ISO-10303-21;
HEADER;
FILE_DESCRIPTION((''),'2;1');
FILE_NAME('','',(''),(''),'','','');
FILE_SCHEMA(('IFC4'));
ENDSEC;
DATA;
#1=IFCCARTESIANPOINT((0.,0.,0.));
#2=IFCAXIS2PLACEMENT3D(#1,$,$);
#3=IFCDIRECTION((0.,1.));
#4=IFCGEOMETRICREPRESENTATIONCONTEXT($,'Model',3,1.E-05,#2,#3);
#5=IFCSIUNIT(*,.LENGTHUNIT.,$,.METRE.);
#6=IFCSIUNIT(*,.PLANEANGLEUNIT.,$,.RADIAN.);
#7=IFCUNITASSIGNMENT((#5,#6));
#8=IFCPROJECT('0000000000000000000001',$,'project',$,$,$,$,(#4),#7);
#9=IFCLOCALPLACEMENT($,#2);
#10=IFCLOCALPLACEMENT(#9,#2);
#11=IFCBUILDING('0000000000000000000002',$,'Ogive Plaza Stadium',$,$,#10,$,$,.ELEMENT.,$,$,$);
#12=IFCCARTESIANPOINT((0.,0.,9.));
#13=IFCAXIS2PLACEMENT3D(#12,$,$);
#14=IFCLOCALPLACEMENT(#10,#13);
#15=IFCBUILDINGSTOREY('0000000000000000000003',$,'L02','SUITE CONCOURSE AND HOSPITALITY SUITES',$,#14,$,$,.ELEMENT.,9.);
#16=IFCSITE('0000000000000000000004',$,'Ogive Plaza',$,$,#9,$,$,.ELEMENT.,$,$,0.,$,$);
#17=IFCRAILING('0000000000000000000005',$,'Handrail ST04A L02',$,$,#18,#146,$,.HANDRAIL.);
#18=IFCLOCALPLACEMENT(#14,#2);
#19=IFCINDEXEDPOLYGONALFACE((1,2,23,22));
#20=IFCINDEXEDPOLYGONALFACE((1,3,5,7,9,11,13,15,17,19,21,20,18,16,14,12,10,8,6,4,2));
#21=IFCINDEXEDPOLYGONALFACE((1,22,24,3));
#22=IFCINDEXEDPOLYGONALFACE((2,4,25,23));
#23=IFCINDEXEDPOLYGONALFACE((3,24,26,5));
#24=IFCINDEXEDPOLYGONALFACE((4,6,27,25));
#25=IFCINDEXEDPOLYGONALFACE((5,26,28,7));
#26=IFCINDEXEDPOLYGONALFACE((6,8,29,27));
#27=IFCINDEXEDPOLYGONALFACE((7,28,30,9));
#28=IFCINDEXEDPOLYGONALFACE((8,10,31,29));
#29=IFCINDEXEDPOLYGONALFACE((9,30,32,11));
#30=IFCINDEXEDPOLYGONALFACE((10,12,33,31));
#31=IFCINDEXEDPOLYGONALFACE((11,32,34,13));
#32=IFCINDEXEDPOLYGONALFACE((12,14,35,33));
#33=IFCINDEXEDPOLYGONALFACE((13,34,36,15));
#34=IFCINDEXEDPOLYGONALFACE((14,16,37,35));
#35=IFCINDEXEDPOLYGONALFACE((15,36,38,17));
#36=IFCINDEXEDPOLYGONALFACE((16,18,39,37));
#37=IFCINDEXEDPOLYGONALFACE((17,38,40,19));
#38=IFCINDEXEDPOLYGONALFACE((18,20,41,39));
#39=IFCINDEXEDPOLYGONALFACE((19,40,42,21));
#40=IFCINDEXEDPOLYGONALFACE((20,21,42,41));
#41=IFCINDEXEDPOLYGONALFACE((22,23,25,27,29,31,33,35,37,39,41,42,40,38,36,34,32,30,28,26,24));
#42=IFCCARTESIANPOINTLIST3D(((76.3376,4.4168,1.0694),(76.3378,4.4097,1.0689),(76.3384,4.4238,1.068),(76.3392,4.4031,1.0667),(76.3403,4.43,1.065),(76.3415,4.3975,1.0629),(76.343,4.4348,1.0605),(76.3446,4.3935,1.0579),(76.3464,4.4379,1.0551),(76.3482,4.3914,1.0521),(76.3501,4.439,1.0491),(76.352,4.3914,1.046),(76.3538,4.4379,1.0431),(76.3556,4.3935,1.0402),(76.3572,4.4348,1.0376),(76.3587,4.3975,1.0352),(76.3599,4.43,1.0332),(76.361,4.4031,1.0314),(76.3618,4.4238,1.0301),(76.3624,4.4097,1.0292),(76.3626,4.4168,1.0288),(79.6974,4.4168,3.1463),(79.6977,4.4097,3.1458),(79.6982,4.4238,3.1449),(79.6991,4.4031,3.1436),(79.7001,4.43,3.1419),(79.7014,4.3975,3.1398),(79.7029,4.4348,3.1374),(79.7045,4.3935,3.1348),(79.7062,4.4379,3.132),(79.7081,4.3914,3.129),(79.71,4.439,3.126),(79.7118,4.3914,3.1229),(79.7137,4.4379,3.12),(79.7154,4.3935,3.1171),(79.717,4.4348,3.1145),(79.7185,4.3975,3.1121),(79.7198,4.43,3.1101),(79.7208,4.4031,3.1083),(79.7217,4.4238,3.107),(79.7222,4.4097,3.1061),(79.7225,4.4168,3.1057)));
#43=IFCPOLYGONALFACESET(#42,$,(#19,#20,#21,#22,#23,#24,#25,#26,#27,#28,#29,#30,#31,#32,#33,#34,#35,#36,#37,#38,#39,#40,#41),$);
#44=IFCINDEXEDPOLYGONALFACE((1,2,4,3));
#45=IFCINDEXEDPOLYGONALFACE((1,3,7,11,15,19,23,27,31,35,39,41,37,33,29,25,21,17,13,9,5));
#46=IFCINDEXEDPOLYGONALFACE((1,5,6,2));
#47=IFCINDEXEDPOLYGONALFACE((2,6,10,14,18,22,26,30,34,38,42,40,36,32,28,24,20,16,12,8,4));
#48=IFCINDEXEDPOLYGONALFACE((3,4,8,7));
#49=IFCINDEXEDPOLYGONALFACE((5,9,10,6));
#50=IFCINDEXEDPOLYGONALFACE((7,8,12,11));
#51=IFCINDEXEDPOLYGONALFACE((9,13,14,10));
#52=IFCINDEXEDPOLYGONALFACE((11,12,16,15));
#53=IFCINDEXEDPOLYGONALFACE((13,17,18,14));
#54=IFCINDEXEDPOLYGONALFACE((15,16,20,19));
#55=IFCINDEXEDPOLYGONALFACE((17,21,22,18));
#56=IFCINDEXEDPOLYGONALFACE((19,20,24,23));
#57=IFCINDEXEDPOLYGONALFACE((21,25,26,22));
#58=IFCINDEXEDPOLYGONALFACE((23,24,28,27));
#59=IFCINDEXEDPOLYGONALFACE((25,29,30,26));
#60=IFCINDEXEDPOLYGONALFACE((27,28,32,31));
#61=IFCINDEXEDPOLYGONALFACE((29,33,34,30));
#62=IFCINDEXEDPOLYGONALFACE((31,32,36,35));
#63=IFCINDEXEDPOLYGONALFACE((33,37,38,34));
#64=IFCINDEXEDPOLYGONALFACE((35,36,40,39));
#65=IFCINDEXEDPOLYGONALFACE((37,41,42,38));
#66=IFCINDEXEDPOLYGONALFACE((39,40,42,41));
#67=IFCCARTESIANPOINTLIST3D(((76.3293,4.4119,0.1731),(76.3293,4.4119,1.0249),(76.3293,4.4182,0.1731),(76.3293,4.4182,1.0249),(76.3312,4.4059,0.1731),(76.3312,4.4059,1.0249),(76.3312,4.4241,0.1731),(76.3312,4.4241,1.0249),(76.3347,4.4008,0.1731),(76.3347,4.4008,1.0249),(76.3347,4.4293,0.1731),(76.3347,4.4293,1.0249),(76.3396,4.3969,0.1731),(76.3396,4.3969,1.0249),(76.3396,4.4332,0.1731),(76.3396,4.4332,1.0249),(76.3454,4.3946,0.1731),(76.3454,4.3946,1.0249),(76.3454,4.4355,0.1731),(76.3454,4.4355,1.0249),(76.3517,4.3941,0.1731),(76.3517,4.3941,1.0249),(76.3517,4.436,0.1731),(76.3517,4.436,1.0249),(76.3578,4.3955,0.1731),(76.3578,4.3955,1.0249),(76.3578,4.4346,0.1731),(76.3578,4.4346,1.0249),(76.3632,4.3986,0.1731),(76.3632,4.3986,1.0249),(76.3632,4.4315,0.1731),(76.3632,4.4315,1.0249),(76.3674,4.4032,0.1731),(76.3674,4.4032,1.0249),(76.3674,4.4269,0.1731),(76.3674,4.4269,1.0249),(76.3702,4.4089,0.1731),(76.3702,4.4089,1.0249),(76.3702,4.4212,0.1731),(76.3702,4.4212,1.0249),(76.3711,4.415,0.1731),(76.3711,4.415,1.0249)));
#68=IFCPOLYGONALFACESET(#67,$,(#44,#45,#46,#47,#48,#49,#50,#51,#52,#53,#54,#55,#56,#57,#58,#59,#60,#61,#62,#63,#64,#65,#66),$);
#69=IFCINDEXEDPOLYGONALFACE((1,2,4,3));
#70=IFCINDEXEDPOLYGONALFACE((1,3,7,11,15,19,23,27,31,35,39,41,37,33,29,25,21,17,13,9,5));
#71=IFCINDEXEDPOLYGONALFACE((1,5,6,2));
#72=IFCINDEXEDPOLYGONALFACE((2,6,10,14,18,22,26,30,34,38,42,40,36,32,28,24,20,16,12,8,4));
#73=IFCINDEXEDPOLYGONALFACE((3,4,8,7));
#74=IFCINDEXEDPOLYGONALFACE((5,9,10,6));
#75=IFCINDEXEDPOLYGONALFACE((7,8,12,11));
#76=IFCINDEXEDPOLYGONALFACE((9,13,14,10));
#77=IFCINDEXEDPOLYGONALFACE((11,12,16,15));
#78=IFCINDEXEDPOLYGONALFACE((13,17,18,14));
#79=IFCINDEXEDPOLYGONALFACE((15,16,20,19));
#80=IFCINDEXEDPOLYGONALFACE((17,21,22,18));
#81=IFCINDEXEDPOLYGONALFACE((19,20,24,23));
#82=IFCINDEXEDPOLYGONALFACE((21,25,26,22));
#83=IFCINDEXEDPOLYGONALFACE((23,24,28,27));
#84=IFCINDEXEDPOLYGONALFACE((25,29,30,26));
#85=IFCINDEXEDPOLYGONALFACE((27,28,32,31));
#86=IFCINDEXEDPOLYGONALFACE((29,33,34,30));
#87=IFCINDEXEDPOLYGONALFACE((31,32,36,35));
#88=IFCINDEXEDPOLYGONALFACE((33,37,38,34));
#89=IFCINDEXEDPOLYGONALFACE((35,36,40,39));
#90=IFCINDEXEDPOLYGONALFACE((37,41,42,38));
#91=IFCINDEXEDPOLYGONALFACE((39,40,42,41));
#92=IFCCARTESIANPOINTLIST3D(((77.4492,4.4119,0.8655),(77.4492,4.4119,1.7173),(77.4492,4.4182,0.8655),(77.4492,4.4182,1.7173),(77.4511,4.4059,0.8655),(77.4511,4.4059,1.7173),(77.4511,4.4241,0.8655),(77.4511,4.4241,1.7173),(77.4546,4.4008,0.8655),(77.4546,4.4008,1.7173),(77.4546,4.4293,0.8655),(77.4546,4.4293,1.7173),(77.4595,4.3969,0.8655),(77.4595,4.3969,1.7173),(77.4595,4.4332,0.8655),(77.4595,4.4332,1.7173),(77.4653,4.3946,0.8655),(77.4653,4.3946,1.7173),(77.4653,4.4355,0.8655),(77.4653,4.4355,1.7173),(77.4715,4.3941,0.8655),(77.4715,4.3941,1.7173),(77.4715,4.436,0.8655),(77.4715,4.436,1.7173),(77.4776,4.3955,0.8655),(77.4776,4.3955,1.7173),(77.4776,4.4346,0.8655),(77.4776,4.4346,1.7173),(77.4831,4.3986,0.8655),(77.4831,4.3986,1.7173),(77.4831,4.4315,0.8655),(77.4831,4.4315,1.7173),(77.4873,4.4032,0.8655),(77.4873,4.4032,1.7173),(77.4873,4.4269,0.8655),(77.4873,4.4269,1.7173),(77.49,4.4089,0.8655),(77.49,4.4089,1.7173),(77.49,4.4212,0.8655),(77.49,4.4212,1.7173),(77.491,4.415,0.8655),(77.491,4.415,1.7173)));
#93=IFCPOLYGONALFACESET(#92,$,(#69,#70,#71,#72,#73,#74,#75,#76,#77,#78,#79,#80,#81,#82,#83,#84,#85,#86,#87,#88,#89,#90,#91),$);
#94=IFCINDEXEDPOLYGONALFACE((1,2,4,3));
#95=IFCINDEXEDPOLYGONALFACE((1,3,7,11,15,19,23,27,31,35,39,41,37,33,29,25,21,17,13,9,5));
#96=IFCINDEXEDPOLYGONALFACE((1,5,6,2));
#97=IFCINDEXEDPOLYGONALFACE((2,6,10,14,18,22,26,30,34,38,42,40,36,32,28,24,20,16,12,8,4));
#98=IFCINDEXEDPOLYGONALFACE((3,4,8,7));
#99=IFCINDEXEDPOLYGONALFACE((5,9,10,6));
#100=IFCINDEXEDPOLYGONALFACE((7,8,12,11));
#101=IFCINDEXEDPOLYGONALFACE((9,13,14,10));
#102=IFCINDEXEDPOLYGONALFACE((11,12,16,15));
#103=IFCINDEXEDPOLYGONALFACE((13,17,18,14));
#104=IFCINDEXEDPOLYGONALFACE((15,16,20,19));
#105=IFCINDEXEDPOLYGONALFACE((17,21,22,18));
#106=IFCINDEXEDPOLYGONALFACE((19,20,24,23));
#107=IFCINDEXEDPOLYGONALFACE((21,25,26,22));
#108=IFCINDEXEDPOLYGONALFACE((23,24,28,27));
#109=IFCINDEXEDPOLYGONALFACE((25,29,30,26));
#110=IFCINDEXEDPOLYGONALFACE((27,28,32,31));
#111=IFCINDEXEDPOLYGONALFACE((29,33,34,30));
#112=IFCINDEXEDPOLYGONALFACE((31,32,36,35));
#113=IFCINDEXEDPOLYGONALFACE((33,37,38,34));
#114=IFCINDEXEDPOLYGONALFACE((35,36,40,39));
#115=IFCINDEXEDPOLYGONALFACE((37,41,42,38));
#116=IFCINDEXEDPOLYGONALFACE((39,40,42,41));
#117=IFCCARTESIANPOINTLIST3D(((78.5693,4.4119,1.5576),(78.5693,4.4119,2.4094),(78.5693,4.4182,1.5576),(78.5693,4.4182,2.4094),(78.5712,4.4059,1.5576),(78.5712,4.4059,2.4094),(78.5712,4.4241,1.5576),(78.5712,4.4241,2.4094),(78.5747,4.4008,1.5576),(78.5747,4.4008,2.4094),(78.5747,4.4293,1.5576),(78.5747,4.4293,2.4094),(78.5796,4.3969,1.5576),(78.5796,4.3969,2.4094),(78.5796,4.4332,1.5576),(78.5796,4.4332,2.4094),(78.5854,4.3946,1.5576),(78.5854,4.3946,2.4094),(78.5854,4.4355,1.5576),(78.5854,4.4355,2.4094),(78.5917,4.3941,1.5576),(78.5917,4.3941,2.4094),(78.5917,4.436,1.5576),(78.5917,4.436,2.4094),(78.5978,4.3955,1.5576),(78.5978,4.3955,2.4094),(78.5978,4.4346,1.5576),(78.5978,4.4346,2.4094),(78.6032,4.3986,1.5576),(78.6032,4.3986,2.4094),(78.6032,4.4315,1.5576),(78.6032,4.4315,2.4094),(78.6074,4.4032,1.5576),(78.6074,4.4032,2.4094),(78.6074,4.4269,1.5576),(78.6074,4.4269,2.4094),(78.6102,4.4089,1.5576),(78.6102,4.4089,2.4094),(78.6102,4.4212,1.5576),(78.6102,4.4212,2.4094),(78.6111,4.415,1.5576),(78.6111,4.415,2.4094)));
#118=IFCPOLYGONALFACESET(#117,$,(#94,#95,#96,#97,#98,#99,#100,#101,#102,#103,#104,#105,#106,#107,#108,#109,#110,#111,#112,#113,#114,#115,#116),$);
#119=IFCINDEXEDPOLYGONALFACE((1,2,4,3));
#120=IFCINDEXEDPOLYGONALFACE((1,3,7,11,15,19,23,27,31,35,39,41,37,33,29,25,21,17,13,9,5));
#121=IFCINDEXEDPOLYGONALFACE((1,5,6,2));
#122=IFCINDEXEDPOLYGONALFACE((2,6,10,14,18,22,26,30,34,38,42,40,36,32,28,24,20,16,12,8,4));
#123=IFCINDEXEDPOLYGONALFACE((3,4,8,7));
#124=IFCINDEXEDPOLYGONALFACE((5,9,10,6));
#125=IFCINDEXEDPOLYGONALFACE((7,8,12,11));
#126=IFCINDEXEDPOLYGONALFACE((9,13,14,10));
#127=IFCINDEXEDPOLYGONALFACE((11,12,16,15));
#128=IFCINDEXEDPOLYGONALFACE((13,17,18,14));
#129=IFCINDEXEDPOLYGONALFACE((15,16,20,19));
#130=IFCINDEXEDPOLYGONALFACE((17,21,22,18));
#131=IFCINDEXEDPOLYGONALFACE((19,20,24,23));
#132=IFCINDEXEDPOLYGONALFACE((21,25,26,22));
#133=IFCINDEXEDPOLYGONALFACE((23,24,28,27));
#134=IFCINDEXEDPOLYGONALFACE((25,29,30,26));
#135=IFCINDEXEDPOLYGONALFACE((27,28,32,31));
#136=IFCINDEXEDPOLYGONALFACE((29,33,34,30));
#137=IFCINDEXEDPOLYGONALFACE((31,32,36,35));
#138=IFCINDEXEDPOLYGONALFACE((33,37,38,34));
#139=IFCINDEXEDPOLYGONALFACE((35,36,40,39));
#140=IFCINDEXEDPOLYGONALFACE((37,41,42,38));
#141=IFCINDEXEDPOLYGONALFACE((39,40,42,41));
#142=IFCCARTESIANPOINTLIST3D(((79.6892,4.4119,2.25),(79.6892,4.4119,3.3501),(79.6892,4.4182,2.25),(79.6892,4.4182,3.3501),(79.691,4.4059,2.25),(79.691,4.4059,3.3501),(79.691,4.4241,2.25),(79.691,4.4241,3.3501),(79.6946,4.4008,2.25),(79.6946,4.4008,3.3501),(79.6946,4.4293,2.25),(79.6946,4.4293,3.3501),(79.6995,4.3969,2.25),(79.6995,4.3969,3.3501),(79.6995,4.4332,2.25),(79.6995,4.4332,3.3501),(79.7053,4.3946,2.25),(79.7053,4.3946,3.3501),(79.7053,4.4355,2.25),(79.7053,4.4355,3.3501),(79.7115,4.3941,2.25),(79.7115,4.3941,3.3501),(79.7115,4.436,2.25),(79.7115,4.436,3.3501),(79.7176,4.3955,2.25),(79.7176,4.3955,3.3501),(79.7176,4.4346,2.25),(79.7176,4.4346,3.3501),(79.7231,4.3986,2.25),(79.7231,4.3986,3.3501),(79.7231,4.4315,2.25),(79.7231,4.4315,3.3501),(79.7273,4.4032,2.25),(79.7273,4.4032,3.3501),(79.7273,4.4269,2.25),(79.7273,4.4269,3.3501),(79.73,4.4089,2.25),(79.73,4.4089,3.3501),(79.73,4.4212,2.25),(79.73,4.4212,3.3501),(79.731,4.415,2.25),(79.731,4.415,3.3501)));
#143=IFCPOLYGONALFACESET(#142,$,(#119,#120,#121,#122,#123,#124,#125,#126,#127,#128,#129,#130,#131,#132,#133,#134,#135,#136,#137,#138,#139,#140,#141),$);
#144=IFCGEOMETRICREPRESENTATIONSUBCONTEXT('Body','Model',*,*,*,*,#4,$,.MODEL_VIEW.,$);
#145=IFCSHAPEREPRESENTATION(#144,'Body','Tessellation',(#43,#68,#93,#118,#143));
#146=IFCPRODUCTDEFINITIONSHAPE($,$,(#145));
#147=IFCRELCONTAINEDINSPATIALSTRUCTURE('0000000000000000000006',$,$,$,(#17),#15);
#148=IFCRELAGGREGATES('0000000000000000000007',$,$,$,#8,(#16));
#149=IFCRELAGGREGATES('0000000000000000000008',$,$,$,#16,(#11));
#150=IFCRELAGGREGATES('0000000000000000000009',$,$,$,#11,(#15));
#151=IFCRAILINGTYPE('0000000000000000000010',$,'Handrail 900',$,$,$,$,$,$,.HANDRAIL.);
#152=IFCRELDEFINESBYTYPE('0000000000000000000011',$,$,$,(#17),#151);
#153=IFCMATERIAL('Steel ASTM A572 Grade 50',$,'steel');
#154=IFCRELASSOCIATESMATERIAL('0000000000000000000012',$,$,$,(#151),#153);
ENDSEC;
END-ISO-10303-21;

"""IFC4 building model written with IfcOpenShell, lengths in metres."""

from ifc_helpers import new_model, si_unit, direction, frame, origin, origin_2d, place, context, subcontext, project, spatial, circle, extrude, material, type_object, element, save


model = new_model("IFC4")

# Units and contexts
model_context = context("Model", 3, precision=1e-05, world=origin(), true_north=direction((0.0, 1.0)))
body_context = subcontext(model_context, "Body", "Model", "MODEL_VIEW")
ifc_project = project(units=[si_unit("LENGTHUNIT", "METRE"), si_unit("PLANEANGLEUNIT", "RADIAN")], contexts=[model_context])

# Site, building, storey
site_placement = place(None, origin())
site = spatial("IfcSite", under=ifc_project, at=site_placement, Name="Ogive Plaza", CompositionType="ELEMENT", RefElevation=0.0)
building_placement = place(site_placement, origin())
building = spatial("IfcBuilding", under=site, at=building_placement, Name="Ogive Plaza Stadium", CompositionType="ELEMENT")
storey_placement = place(building_placement, frame((0.0, 0.0, 9.0)))
storey = spatial("IfcBuildingStorey", under=building, at=storey_placement, Name="L02", Description="SUITE CONCOURSE AND HOSPITALITY SUITES", CompositionType="ELEMENT", Elevation=9.0)

# Railing
ifc_material_1 = material(Name="Steel ASTM A572 Grade 50", Category="steel")
railing_type_1 = type_object("IfcRailingType", Name="Handrail 900", PredefinedType="HANDRAIL", material=ifc_material_1)
for number, where, name in (
    (1, (76.3501, 4.415, 0.1731), "Handrail ST04A L02"),
):
    element("IfcRailing", number, at=place(storey_placement, frame(where)), inside=storey, type_object=railing_type_1, Name=name, PredefinedType="HANDRAIL", context=body_context, shape_type="SweptSolid", body=[
        extrude(circle(Radius=0.0239, at=origin_2d()), frame((0.0, 0.0, 0.876), z_axis=(0.850606, 0.0, 0.525803), x_axis=(0.0, 1.0, 0.0)), (0.0, 0.0, 1.0), 3.95),
        extrude(circle(Radius=0.021, at=origin_2d()), origin(), (0.0, 0.0, 1.0), 0.8518),
        extrude(circle(Radius=0.021, at=origin_2d()), frame((1.1199, 0.0, 0.6924)), (0.0, 0.0, 1.0), 0.8518),
        extrude(circle(Radius=0.021, at=origin_2d()), frame((2.24, 0.0, 1.3845)), (0.0, 0.0, 1.0), 0.8518),
        extrude(circle(Radius=0.021, at=origin_2d()), frame((3.3599, 0.0, 2.0769)), (0.0, 0.0, 1.0), 1.1001),
    ])

save(model, "model.ifc")
